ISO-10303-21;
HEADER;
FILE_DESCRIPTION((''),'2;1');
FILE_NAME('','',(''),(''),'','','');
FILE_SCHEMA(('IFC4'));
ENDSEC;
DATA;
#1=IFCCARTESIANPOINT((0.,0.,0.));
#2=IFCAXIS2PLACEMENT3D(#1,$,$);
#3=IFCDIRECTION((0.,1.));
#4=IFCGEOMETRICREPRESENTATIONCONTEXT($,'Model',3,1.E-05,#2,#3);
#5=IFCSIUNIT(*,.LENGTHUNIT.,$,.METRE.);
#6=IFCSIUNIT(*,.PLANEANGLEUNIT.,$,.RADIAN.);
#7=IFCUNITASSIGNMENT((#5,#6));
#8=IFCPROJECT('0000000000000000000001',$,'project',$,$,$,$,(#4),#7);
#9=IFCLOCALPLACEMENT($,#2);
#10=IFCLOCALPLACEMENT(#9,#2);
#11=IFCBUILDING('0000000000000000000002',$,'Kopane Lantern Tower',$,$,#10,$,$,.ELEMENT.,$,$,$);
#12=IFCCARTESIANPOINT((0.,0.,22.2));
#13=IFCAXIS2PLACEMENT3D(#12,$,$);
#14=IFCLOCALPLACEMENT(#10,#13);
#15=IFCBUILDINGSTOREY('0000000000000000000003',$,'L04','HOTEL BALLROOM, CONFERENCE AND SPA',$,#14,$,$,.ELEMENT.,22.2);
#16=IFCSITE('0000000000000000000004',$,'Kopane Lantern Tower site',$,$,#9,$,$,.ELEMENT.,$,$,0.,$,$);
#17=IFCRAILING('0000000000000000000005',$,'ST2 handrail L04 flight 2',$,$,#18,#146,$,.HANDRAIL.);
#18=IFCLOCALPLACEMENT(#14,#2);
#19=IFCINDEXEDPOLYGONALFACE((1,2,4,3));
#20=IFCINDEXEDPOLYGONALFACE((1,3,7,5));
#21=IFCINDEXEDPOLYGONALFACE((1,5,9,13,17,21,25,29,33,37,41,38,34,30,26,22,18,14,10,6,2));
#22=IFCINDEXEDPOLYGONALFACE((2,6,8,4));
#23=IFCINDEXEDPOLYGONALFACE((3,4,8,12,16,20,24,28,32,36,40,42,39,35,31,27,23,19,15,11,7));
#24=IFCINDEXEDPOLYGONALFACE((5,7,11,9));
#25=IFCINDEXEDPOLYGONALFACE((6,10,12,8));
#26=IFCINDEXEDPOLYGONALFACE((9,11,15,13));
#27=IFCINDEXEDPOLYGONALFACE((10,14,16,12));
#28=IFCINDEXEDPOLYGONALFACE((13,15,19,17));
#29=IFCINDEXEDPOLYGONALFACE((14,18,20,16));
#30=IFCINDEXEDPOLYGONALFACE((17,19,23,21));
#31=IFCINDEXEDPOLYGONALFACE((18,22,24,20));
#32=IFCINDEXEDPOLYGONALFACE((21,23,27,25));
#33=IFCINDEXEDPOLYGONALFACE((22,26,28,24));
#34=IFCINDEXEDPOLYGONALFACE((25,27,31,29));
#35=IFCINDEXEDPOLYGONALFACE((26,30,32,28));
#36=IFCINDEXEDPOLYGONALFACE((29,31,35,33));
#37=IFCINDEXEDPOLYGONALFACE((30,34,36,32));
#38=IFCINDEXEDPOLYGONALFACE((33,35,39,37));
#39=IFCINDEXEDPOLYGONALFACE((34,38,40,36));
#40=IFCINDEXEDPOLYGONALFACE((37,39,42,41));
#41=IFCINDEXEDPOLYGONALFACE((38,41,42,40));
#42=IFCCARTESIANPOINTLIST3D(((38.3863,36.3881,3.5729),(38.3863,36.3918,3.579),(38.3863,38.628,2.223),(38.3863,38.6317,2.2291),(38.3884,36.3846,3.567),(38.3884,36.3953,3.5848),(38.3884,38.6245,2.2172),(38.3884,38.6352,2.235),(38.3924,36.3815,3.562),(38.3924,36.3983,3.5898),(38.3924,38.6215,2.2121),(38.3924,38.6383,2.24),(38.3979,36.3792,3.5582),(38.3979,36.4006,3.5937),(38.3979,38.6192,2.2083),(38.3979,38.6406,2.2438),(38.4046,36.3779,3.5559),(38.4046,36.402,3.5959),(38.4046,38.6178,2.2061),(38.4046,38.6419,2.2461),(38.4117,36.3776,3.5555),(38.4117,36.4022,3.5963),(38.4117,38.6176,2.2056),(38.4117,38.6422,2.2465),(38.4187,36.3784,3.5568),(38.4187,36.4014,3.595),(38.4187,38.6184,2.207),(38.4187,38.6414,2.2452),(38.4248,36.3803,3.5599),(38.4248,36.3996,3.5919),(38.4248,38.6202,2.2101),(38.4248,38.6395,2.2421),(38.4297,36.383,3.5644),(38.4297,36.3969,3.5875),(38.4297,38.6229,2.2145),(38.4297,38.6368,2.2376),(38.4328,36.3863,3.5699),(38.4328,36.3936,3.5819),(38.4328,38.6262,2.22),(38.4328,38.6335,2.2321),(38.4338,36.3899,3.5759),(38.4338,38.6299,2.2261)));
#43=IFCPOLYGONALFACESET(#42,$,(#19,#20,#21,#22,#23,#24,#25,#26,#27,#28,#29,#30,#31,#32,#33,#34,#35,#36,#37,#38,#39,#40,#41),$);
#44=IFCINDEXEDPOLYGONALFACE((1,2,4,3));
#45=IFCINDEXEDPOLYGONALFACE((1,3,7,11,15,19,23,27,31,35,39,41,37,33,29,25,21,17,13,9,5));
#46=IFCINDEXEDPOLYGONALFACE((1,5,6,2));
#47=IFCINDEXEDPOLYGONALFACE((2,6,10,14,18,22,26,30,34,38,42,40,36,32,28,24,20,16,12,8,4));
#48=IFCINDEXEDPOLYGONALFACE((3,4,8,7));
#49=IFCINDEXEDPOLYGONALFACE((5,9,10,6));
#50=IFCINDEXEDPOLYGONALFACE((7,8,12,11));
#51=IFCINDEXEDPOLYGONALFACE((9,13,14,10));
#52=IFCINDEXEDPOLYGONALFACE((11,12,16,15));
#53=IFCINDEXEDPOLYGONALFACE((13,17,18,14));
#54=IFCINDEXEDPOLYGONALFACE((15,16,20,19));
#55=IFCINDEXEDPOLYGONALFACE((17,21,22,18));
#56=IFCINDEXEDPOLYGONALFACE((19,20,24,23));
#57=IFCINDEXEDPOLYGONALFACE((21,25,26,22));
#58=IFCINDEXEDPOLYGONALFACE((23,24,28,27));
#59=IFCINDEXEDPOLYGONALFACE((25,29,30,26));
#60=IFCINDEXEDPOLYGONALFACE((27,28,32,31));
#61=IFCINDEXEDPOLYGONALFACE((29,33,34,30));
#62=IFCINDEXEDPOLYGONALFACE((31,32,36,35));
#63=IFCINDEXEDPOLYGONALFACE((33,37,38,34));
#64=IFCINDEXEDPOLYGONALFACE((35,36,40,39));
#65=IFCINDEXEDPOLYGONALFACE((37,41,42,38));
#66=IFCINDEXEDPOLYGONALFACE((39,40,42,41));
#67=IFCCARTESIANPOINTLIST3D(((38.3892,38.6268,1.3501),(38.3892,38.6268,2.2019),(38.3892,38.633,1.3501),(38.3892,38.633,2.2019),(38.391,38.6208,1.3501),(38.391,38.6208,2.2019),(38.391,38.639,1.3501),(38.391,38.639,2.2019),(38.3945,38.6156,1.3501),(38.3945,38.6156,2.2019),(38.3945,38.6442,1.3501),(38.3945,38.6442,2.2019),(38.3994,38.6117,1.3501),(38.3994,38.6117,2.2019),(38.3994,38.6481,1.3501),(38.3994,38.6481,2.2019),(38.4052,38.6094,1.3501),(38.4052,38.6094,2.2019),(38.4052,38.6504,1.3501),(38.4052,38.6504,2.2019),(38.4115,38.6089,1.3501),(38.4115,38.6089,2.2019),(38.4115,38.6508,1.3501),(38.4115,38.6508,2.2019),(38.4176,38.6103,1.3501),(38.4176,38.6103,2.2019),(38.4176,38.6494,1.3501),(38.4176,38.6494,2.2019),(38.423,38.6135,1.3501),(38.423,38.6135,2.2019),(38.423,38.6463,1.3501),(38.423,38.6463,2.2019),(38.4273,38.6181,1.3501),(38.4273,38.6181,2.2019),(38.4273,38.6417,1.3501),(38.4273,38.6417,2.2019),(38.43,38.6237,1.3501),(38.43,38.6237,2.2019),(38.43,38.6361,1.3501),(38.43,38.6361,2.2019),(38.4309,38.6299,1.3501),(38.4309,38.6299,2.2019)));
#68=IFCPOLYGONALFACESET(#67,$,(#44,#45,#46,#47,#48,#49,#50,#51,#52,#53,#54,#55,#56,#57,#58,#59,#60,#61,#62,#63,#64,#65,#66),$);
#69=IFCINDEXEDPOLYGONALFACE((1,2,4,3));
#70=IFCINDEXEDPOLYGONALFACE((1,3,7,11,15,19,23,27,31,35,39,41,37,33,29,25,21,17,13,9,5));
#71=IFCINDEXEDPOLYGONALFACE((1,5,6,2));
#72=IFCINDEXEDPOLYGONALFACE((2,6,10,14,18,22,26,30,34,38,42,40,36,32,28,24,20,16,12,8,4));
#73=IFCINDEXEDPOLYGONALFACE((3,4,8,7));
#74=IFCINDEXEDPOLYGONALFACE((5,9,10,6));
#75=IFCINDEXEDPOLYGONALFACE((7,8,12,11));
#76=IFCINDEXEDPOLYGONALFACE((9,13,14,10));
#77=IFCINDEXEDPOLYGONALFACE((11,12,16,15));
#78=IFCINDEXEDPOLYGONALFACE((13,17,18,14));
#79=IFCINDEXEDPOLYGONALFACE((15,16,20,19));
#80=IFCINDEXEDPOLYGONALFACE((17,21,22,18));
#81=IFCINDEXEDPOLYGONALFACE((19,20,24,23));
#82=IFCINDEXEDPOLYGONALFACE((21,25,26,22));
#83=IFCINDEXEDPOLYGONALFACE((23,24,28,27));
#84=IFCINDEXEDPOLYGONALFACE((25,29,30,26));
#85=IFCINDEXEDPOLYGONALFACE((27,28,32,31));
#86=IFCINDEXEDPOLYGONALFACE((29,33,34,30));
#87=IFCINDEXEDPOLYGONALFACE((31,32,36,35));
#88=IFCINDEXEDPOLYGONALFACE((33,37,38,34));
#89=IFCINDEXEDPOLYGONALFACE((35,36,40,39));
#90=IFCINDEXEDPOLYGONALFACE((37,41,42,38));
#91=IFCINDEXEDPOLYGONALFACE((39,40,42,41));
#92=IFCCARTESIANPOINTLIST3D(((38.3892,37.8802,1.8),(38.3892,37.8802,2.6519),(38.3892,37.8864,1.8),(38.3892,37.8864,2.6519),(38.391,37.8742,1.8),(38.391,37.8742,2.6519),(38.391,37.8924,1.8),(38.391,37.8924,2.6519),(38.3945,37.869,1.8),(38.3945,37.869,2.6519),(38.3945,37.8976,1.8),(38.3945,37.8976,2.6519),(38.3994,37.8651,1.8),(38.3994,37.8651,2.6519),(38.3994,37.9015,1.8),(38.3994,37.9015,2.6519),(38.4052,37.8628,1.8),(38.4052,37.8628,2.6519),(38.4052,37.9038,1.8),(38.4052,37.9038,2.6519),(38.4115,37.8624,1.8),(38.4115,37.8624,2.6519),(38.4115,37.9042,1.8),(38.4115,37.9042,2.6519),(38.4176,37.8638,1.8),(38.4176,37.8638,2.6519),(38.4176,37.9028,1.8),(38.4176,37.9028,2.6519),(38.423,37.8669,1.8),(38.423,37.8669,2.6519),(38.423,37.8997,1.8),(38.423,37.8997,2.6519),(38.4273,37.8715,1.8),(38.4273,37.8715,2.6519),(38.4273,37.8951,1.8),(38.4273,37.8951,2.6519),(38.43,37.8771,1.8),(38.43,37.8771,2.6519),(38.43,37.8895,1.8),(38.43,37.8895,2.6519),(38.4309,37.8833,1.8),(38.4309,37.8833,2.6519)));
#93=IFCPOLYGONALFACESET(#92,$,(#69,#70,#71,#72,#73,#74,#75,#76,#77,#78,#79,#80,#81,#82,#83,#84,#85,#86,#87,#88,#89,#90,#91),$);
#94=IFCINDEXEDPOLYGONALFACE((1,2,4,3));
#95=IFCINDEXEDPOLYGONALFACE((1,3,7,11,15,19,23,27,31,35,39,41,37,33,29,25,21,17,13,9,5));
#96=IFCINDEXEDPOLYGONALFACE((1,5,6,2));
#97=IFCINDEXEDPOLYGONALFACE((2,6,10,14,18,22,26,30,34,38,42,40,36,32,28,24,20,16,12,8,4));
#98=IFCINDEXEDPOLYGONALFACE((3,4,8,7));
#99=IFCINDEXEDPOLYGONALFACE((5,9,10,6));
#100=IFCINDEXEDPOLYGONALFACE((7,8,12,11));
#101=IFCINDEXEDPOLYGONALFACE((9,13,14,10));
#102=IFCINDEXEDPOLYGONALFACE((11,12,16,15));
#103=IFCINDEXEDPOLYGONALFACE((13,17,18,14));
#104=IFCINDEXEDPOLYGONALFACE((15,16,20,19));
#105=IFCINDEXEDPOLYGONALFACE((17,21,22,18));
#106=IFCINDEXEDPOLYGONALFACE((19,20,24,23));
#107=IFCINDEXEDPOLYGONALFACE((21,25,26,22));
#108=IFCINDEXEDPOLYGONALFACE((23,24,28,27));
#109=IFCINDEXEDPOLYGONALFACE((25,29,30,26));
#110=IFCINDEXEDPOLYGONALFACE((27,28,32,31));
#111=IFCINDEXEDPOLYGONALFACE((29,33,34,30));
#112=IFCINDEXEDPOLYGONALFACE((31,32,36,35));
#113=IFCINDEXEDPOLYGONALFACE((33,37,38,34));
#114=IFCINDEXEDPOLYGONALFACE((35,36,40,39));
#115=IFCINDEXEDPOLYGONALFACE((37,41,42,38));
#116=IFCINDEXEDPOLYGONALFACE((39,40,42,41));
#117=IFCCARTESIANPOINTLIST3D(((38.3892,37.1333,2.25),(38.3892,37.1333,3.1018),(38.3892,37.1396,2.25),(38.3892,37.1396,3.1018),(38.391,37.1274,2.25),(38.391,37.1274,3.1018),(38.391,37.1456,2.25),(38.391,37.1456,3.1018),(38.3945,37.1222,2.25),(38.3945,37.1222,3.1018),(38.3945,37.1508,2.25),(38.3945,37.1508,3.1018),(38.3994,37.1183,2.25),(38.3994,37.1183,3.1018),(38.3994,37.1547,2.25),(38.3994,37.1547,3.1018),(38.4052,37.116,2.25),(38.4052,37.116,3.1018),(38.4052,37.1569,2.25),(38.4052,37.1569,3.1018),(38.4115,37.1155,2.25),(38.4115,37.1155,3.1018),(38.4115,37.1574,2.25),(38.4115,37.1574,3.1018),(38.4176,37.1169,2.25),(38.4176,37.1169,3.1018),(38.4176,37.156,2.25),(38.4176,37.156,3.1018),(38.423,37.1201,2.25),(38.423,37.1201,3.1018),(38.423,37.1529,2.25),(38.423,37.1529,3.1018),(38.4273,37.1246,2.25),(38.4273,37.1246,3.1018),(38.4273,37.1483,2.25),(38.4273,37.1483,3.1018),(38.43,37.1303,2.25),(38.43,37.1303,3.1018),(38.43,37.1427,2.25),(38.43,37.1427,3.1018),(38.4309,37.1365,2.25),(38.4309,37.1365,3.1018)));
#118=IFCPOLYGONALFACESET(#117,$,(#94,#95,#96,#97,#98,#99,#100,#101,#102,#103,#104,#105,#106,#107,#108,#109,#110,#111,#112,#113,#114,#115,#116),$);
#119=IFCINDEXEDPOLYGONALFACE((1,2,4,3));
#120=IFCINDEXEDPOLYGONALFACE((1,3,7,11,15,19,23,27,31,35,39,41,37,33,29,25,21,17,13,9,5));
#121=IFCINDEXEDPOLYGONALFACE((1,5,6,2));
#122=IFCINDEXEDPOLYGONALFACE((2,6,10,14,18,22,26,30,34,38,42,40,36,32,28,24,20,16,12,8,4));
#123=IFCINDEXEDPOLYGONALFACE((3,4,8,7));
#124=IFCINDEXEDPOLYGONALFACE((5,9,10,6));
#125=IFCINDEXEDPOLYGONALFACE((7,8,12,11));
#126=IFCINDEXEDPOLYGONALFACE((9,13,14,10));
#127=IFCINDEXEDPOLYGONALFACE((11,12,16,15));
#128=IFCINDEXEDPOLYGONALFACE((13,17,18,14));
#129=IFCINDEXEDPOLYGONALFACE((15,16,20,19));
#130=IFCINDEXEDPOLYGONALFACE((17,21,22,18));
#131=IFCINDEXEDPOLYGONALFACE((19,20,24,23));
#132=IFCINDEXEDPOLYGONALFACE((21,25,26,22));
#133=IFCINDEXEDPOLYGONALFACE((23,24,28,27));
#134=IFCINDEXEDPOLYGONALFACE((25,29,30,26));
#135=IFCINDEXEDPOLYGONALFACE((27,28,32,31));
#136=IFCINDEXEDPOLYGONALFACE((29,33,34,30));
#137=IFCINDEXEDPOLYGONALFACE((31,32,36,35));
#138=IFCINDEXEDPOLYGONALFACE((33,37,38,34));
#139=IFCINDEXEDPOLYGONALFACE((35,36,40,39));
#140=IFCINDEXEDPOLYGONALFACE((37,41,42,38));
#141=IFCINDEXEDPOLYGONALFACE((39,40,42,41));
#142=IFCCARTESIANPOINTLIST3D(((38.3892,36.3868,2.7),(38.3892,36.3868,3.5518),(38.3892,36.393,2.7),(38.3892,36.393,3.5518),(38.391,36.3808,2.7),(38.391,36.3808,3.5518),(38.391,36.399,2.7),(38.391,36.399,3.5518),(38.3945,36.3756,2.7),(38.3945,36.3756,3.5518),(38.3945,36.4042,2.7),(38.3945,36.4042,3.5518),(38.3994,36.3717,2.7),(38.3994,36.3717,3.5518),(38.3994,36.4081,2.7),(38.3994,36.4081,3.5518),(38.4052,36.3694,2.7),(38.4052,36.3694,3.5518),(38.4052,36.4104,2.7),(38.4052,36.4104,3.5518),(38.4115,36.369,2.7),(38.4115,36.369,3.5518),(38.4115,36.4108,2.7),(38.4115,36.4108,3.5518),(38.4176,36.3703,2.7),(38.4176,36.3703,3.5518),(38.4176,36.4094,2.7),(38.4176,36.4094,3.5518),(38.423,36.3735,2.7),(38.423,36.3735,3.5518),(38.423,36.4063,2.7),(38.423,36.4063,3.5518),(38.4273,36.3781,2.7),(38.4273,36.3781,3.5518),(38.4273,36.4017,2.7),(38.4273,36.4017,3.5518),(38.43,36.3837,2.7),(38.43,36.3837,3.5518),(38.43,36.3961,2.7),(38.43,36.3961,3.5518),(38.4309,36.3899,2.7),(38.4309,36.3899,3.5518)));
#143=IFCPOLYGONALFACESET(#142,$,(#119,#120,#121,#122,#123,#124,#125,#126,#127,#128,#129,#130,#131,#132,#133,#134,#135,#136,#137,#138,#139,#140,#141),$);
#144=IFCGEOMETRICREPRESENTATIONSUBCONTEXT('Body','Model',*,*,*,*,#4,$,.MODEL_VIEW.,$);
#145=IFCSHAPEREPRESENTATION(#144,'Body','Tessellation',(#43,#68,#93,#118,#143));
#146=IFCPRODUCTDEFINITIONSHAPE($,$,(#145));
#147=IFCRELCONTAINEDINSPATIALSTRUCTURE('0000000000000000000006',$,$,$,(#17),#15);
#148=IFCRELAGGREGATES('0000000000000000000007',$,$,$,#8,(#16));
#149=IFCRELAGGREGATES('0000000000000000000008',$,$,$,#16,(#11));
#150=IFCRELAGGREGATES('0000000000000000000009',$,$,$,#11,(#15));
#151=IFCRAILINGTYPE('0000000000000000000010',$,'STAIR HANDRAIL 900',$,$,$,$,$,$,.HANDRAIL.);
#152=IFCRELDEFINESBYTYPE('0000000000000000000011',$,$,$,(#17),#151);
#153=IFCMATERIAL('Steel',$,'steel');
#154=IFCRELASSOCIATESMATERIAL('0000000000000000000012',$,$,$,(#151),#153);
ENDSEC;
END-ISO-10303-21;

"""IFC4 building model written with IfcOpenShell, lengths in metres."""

from ifc_helpers import new_model, si_unit, direction, frame, origin, origin_2d, place, context, subcontext, project, spatial, circle, extrude, material, type_object, element, save


model = new_model("IFC4")

# Units and contexts
model_context = context("Model", 3, precision=1e-05, world=origin(), true_north=direction((0.0, 1.0)))
body_context = subcontext(model_context, "Body", "Model", "MODEL_VIEW")
ifc_project = project(units=[si_unit("LENGTHUNIT", "METRE"), si_unit("PLANEANGLEUNIT", "RADIAN")], contexts=[model_context])

# Site, building, storey
site_placement = place(None, origin())
site = spatial("IfcSite", under=ifc_project, at=site_placement, Name="Kopane Lantern Tower site", CompositionType="ELEMENT", RefElevation=0.0)
building_placement = place(site_placement, origin())
building = spatial("IfcBuilding", under=site, at=building_placement, Name="Kopane Lantern Tower", CompositionType="ELEMENT")
storey_placement = place(building_placement, frame((0.0, 0.0, 22.2)))
storey = spatial("IfcBuildingStorey", under=building, at=storey_placement, Name="L04", Description="HOTEL BALLROOM, CONFERENCE AND SPA", CompositionType="ELEMENT", Elevation=22.2)

# Railing
ifc_material_1 = material(Name="Steel", Category="steel")
railing_type_1 = type_object("IfcRailingType", Name="STAIR HANDRAIL 900", PredefinedType="HANDRAIL", material=ifc_material_1)
for number, where, name in (
    (1, (38.4099, 38.6299, 1.3501), "ST2 handrail L04 flight 2"),
):
    element("IfcRailing", number, at=place(storey_placement, frame(where)), inside=storey, type_object=railing_type_1, Name=name, PredefinedType="HANDRAIL", context=body_context, shape_type="SweptSolid", body=[
        extrude(circle(Radius=0.0239, at=origin_2d()), frame((0.0, 0.0, 0.876), z_axis=(0.0, -0.856503, 0.516142), x_axis=(1.0, 0.0, 0.0)), (0.0, 0.0, 1.0), 2.6152),
        extrude(circle(Radius=0.021, at=origin_2d()), origin(), (0.0, 0.0, 1.0), 0.8518),
        extrude(circle(Radius=0.021, at=origin_2d()), frame((0.0, -0.7466, 0.45)), (0.0, 0.0, 1.0), 0.8518),
        extrude(circle(Radius=0.021, at=origin_2d()), frame((0.0, -1.4934, 0.8999)), (0.0, 0.0, 1.0), 0.8518),
        extrude(circle(Radius=0.021, at=origin_2d()), frame((0.0, -2.24, 1.3499)), (0.0, 0.0, 1.0), 0.8518),
    ])

save(model, "model.ifc")
